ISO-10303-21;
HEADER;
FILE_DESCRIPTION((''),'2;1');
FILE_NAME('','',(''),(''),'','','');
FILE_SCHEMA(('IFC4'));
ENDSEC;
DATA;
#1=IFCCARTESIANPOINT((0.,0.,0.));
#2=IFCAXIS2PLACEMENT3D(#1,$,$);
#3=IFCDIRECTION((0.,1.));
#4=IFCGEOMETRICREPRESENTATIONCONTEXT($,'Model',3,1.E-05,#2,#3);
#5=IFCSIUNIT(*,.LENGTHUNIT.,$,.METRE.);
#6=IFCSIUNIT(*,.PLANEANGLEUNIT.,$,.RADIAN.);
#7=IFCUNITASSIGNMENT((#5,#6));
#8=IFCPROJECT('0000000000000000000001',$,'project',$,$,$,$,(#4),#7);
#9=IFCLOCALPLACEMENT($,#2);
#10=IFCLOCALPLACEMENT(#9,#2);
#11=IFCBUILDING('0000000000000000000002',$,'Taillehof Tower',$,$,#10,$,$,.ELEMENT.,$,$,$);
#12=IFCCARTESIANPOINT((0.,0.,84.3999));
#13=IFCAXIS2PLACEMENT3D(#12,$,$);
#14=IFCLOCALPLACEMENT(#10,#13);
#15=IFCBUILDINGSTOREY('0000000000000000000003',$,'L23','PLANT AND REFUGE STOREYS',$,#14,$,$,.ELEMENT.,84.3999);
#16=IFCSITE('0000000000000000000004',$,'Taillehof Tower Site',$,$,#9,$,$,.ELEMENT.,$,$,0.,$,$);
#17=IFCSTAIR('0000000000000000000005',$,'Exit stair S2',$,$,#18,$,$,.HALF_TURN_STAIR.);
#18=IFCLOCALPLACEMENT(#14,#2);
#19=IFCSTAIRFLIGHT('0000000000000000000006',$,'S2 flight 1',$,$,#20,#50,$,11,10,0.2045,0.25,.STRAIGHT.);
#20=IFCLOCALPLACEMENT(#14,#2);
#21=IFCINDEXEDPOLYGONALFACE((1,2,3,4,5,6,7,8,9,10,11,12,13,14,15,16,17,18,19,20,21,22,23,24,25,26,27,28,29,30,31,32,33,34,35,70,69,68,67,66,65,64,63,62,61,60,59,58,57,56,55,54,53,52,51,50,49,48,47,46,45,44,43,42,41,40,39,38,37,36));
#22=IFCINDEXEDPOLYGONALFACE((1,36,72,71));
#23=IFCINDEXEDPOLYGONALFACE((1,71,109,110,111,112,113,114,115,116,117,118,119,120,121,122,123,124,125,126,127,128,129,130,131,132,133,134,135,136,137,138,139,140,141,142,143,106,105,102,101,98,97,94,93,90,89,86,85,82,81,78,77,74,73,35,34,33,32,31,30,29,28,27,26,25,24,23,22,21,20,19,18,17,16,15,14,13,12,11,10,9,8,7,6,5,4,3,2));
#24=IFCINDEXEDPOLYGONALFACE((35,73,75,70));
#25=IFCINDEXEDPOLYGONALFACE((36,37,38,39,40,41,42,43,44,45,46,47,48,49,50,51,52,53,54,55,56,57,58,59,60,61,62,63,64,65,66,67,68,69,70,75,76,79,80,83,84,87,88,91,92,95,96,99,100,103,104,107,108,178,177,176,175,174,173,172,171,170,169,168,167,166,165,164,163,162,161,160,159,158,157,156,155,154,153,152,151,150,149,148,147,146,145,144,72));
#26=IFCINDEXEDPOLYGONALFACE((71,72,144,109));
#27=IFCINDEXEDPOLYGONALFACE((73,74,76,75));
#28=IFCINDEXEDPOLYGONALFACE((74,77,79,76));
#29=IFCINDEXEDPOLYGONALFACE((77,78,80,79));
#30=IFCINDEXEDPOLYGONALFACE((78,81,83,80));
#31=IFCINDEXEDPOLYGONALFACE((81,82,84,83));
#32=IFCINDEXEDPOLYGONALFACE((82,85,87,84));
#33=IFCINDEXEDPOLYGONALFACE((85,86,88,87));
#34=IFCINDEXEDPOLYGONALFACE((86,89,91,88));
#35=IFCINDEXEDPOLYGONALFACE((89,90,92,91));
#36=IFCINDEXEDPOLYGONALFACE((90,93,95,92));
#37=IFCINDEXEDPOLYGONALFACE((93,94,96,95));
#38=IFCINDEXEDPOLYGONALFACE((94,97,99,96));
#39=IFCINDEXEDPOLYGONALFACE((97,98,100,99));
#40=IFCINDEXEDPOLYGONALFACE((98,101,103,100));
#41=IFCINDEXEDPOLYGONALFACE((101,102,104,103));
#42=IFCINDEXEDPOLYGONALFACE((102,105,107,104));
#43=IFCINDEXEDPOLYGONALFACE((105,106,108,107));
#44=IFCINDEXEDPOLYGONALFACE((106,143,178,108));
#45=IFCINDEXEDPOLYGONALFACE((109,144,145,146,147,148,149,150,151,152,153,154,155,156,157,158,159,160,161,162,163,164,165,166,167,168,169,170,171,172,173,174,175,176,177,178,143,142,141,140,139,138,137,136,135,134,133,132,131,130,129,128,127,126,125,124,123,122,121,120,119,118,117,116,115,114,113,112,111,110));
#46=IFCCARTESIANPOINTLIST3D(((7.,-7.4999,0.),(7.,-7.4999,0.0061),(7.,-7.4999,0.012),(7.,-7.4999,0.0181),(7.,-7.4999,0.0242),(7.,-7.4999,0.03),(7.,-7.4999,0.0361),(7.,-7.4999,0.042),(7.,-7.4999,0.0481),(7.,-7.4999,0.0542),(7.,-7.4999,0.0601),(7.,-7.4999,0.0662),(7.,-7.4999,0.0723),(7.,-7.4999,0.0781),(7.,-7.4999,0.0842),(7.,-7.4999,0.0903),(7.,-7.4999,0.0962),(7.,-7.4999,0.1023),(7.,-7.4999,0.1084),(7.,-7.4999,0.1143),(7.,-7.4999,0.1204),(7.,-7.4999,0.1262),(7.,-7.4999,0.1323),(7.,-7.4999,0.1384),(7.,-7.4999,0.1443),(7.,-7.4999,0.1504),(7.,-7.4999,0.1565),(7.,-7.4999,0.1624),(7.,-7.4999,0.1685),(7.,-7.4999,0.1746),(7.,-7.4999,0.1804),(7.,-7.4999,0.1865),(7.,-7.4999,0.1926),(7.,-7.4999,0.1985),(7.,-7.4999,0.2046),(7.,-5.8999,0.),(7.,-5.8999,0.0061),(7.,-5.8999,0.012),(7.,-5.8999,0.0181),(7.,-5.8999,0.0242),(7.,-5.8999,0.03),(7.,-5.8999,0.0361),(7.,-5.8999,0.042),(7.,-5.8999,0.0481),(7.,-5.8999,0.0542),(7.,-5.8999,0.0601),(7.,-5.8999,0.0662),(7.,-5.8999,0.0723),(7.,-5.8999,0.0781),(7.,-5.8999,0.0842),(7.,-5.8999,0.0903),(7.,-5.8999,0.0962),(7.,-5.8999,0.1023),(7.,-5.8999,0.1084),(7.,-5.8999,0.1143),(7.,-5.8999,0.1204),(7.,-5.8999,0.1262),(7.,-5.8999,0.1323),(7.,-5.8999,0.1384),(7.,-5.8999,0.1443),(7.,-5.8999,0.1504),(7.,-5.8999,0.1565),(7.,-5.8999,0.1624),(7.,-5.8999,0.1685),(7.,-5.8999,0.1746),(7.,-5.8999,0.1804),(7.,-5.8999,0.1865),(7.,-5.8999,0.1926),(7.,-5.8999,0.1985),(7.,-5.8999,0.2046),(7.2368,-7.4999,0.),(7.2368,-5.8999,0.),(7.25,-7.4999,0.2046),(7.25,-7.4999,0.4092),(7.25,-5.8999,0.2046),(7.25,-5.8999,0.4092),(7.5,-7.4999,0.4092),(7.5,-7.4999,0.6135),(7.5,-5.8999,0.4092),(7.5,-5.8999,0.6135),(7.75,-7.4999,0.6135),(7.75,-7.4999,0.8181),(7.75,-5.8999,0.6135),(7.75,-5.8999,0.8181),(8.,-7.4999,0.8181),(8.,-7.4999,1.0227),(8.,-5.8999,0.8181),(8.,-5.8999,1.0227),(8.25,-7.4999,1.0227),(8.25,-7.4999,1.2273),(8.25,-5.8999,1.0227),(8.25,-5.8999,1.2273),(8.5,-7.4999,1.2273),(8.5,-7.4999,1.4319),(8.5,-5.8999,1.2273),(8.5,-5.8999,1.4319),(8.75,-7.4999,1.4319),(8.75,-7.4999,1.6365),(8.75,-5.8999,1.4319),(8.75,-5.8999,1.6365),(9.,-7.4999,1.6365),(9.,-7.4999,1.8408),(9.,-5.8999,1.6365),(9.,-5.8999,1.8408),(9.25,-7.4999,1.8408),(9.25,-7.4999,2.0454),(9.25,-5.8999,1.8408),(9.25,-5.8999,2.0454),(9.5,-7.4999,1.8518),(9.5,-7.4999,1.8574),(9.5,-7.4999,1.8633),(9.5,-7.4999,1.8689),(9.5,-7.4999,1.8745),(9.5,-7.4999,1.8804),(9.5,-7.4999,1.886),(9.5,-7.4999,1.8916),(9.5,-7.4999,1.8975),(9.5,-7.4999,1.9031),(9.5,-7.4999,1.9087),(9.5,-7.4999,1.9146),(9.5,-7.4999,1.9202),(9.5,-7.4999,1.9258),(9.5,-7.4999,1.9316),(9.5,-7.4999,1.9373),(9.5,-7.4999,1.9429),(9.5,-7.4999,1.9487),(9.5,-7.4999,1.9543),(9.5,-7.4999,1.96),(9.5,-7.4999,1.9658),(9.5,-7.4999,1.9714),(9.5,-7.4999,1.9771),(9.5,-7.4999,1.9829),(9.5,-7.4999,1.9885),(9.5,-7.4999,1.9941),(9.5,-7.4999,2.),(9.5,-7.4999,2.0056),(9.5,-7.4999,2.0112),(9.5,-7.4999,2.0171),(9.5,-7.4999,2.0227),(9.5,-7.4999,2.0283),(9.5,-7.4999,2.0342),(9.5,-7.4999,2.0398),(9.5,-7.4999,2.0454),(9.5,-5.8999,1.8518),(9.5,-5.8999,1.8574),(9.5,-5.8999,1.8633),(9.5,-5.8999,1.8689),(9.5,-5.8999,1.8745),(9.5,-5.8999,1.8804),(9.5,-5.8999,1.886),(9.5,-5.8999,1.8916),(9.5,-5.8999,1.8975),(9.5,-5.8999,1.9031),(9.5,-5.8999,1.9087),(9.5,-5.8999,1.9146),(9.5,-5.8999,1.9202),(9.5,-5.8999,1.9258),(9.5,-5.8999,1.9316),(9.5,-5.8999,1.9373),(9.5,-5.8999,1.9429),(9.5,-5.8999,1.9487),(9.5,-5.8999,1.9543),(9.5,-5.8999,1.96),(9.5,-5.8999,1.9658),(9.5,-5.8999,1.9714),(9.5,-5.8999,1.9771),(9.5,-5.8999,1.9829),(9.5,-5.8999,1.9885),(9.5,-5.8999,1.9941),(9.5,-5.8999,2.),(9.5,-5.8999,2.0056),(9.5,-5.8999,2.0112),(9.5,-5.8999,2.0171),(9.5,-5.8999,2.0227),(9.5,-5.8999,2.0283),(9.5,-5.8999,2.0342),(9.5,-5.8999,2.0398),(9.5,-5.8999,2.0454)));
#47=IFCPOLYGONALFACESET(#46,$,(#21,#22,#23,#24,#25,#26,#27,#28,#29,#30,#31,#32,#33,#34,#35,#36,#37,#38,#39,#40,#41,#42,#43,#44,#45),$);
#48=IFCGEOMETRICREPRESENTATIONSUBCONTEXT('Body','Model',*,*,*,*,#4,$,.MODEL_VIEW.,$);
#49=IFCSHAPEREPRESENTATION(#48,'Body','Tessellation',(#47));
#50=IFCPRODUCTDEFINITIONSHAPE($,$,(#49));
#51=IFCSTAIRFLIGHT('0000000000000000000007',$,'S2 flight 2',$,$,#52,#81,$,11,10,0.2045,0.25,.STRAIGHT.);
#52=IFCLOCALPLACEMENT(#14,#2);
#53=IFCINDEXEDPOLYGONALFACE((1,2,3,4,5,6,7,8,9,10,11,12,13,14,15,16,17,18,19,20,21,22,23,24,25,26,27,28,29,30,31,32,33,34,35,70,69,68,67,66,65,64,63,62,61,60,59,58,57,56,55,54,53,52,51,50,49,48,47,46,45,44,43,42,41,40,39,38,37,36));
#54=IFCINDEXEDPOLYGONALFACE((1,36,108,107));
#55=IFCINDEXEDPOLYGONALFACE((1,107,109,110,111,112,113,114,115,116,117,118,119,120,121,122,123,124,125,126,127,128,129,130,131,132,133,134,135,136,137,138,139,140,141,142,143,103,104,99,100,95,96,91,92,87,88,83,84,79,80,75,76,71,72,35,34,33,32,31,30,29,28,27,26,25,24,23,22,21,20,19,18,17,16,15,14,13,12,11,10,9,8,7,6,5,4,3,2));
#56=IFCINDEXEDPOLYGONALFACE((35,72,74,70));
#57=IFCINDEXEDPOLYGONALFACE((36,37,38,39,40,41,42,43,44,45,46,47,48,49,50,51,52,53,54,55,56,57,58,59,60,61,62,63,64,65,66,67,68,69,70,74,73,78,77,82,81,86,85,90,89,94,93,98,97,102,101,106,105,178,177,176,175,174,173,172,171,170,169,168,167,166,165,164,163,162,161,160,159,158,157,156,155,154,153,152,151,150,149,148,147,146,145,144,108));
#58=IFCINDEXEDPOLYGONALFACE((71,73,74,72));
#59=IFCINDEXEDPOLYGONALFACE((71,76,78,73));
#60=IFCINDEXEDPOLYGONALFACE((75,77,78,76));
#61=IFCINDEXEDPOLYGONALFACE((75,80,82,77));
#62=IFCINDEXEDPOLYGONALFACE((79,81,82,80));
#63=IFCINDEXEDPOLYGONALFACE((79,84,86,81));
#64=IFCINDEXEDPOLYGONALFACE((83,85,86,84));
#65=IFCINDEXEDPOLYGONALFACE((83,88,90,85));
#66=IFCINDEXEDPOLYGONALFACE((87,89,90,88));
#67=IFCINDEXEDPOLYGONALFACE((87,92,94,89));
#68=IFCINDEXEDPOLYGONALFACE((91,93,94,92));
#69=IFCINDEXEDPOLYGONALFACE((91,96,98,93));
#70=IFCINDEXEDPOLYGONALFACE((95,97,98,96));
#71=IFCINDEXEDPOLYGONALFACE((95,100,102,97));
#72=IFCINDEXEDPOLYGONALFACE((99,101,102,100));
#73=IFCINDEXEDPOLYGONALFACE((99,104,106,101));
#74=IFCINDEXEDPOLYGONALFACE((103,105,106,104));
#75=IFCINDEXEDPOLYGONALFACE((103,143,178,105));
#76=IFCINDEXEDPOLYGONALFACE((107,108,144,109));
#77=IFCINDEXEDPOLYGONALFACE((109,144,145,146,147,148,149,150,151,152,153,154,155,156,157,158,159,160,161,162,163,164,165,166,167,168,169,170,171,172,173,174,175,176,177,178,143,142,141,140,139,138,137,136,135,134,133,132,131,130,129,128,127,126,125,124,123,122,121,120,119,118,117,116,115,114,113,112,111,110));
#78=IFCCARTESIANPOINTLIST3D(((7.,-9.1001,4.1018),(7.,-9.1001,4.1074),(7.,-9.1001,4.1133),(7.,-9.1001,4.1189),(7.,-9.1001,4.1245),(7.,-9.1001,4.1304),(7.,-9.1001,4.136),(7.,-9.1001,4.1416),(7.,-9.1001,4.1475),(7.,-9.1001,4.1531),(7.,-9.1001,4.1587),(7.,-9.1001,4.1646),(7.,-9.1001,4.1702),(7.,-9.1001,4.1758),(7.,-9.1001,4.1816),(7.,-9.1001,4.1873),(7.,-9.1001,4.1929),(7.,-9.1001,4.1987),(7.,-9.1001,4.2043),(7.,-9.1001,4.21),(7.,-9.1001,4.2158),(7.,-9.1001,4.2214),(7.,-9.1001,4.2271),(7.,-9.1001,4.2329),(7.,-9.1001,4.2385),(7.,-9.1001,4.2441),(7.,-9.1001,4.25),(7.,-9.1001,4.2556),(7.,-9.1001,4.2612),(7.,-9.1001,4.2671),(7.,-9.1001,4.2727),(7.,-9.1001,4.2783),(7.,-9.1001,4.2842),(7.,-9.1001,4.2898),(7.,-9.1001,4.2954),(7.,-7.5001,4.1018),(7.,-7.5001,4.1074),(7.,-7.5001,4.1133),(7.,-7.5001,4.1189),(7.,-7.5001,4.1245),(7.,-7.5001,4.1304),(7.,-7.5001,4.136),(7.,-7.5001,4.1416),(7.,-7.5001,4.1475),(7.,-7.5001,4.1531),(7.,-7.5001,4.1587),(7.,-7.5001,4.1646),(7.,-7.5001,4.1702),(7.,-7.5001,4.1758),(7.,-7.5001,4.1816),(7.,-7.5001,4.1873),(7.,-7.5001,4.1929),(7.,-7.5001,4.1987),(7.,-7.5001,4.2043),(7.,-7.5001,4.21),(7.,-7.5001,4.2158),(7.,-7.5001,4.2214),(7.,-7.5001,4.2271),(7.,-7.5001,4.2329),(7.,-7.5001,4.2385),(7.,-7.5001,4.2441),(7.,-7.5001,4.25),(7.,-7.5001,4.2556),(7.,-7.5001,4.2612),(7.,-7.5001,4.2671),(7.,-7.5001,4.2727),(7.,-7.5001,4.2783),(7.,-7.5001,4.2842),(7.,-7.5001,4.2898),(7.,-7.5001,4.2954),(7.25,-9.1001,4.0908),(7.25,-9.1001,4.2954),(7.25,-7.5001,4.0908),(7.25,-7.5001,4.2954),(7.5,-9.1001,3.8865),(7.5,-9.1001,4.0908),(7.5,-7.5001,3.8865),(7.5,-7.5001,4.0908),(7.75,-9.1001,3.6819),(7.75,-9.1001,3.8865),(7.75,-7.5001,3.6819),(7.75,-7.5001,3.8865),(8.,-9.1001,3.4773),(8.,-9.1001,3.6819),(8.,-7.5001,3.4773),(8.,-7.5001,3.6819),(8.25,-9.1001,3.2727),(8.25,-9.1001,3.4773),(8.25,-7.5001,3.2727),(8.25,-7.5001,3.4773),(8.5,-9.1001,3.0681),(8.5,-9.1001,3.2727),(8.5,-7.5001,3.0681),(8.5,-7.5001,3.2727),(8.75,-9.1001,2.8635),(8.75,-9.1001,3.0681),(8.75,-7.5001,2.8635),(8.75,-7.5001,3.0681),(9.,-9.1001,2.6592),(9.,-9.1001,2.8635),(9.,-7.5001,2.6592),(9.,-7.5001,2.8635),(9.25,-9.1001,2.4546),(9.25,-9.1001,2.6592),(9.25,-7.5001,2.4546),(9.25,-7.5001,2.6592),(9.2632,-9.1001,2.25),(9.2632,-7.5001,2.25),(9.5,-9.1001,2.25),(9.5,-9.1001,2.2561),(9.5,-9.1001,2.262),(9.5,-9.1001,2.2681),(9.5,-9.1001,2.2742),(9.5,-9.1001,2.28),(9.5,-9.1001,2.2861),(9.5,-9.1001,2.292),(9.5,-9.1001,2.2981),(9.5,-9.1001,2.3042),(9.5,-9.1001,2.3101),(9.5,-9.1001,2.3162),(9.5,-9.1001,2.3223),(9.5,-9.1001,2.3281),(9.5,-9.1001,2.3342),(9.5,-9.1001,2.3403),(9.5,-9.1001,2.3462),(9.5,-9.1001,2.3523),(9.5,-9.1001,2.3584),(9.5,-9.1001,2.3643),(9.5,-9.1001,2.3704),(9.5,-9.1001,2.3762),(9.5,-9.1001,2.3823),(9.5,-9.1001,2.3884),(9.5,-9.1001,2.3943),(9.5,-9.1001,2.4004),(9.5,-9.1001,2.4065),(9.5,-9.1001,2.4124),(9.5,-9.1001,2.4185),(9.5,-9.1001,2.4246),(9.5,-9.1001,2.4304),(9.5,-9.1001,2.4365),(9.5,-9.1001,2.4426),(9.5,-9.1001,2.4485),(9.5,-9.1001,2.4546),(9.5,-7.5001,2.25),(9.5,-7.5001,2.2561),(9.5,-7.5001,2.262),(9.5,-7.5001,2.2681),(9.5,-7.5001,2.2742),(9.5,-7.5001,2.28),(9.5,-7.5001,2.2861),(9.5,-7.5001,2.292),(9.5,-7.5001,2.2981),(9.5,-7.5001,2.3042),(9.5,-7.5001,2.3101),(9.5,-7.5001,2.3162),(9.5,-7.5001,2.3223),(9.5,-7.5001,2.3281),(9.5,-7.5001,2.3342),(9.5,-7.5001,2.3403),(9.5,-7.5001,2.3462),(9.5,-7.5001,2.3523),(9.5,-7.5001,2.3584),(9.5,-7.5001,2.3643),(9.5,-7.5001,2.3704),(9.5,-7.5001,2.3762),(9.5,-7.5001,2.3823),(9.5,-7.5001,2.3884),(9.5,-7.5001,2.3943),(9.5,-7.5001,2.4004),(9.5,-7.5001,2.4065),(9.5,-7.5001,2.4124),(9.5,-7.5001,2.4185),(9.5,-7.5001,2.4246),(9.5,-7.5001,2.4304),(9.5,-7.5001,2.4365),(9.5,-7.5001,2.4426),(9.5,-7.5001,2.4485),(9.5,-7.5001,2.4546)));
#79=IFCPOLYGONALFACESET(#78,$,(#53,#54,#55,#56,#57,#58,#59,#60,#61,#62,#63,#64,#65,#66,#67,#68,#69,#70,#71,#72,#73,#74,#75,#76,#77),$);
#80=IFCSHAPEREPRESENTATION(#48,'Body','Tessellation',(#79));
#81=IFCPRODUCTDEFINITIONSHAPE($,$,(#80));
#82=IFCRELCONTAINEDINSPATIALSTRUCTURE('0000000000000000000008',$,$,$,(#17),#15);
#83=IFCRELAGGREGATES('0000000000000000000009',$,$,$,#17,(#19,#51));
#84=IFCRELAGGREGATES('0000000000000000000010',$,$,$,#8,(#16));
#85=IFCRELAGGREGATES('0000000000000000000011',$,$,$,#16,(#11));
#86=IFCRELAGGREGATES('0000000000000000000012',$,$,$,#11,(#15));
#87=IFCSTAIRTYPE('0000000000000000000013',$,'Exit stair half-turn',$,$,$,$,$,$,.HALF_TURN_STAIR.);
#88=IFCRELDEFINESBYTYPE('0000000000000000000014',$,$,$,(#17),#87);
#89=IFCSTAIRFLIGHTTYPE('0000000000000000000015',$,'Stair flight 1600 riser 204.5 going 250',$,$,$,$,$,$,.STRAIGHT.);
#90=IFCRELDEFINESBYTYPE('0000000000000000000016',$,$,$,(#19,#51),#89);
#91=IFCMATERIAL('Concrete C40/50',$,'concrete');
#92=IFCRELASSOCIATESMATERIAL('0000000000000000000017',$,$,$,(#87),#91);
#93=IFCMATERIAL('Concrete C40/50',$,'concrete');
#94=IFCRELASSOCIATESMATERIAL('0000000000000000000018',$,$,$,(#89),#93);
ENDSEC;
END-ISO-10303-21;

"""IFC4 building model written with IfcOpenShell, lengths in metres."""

from ifc_helpers import new_model, si_unit, direction, frame, origin, place, context, subcontext, project, spatial, polyline, outline, extrude, material, type_object, element, aggregate, save


model = new_model("IFC4")

# Units and contexts
model_context = context("Model", 3, precision=1e-05, world=origin(), true_north=direction((0.0, 1.0)))
body_context = subcontext(model_context, "Body", "Model", "MODEL_VIEW")
ifc_project = project(units=[si_unit("LENGTHUNIT", "METRE"), si_unit("PLANEANGLEUNIT", "RADIAN")], contexts=[model_context])

# Site, building, storey
site_placement = place(None, origin())
site = spatial("IfcSite", under=ifc_project, at=site_placement, Name="Taillehof Tower Site", CompositionType="ELEMENT", RefElevation=0.0)
building_placement = place(site_placement, origin())
building = spatial("IfcBuilding", under=site, at=building_placement, Name="Taillehof Tower", CompositionType="ELEMENT")
storey_placement = place(building_placement, frame((0.0, 0.0, 84.3999)))
storey = spatial("IfcBuildingStorey", under=building, at=storey_placement, Name="L23", Description="PLANT AND REFUGE STOREYS", CompositionType="ELEMENT", Elevation=84.3999)

# Stair, stair flights
ifc_material_1 = material(Name="Concrete C40/50", Category="concrete")
stair_type = type_object("IfcStairType", Name="Exit stair half-turn", PredefinedType="HALF_TURN_STAIR", material=ifc_material_1)
stair_placement = place(storey_placement, origin())
stair = element("IfcStair", 1, at=stair_placement, inside=storey, type_object=stair_type, Name="Exit stair S2", PredefinedType="HALF_TURN_STAIR")
ifc_material_2 = material(Name="Concrete C40/50", Category="concrete")
stair_flight_type = type_object("IfcStairFlightType", Name="Stair flight 1600 riser 204.5 going 250", PredefinedType="STRAIGHT", material=ifc_material_2)
stair_flight_1_placement = place(storey_placement, frame((7.0, -6.7, 0.0), z_axis=(0.0, 0.0, 1.0), x_axis=(1.0, 0.0, 0.0)))
stair_flight_1 = element("IfcStairFlight", 2, at=stair_flight_1_placement, type_object=stair_flight_type, Name="S2 flight 1", NumberOfRisers=11, NumberOfTreads=10, PredefinedType="STRAIGHT", RiserHeight=0.2045, TreadLength=0.25, context=body_context, shape_type="SweptSolid", body=[
    extrude(outline(polyline([(0.0, 0.0), (0.0, 0.0061), (0.0, 0.012), (0.0, 0.0181), (0.0, 0.0242), (0.0, 0.03), (0.0, 0.0361), (0.0, 0.042), (0.0, 0.0481), (0.0, 0.0542), (0.0, 0.0601), (0.0, 0.0662), (0.0, 0.0723), (0.0, 0.0781), (0.0, 0.0842), (0.0, 0.0903), (0.0, 0.0962), (0.0, 0.1023), (0.0, 0.1084), (0.0, 0.1143), (0.0, 0.1204), (0.0, 0.1262), (0.0, 0.1323), (0.0, 0.1384), (0.0, 0.1443), (0.0, 0.1504), (0.0, 0.1565), (0.0, 0.1624), (0.0, 0.1685), (0.0, 0.1746), (0.0, 0.1804), (0.0, 0.1865), (0.0, 0.1926), (0.0, 0.1985), (0.0, 0.2046), (0.25, 0.2046), (0.25, 0.4092), (0.5, 0.4092), (0.5, 0.6135), (0.75, 0.6135), (0.75, 0.8181), (1.0, 0.8181), (1.0, 1.0227), (1.25, 1.0227), (1.25, 1.2273), (1.5, 1.2273), (1.5, 1.4319), (1.75, 1.4319), (1.75, 1.6365), (2.0, 1.6365), (2.0, 1.8408), (2.25, 1.8408), (2.25, 2.0454), (2.5, 2.0454), (2.5, 2.0398), (2.5, 2.0342), (2.5, 2.0283), (2.5, 2.0227), (2.5, 2.0171), (2.5, 2.0112), (2.5, 2.0056), (2.5, 2.0), (2.5, 1.9941), (2.5, 1.9885), (2.5, 1.9829), (2.5, 1.9771), (2.5, 1.9714), (2.5, 1.9658), (2.5, 1.96), (2.5, 1.9543), (2.5, 1.9487), (2.5, 1.9429), (2.5, 1.9373), (2.5, 1.9316), (2.5, 1.9258), (2.5, 1.9202), (2.5, 1.9146), (2.5, 1.9087), (2.5, 1.9031), (2.5, 1.8975), (2.5, 1.8916), (2.5, 1.886), (2.5, 1.8804), (2.5, 1.8745), (2.5, 1.8689), (2.5, 1.8633), (2.5, 1.8574), (2.5, 1.8518), (0.2368, 0.0), (0.0, 0.0)])), frame((0.0, 0.8, 0.0), z_axis=(0.0, -1.0, 0.0), x_axis=(1.0, 0.0, 0.0)), (0.0, 0.0, 1.0), 1.6),
])
stair_flight_2_placement = place(storey_placement, frame((9.5, -8.3, 2.25), z_axis=(0.0, 0.0, 1.0), x_axis=(-1.0, 0.0, 0.0)))
stair_flight_2 = element("IfcStairFlight", 3, at=stair_flight_2_placement, type_object=stair_flight_type, Name="S2 flight 2", NumberOfRisers=11, NumberOfTreads=10, PredefinedType="STRAIGHT", RiserHeight=0.2045, TreadLength=0.25, context=body_context, shape_type="SweptSolid", body=[
    extrude(outline(polyline([(0.0, 0.0), (0.0, 0.0061), (0.0, 0.012), (0.0, 0.0181), (0.0, 0.0242), (0.0, 0.03), (0.0, 0.0361), (0.0, 0.042), (0.0, 0.0481), (0.0, 0.0542), (0.0, 0.0601), (0.0, 0.0662), (0.0, 0.0723), (0.0, 0.0781), (0.0, 0.0842), (0.0, 0.0903), (0.0, 0.0962), (0.0, 0.1023), (0.0, 0.1084), (0.0, 0.1143), (0.0, 0.1204), (0.0, 0.1262), (0.0, 0.1323), (0.0, 0.1384), (0.0, 0.1443), (0.0, 0.1504), (0.0, 0.1565), (0.0, 0.1624), (0.0, 0.1685), (0.0, 0.1746), (0.0, 0.1804), (0.0, 0.1865), (0.0, 0.1926), (0.0, 0.1985), (0.0, 0.2046), (0.25, 0.2046), (0.25, 0.4092), (0.5, 0.4092), (0.5, 0.6135), (0.75, 0.6135), (0.75, 0.8181), (1.0, 0.8181), (1.0, 1.0227), (1.25, 1.0227), (1.25, 1.2273), (1.5, 1.2273), (1.5, 1.4319), (1.75, 1.4319), (1.75, 1.6365), (2.0, 1.6365), (2.0, 1.8408), (2.25, 1.8408), (2.25, 2.0454), (2.5, 2.0454), (2.5, 2.0398), (2.5, 2.0342), (2.5, 2.0283), (2.5, 2.0227), (2.5, 2.0171), (2.5, 2.0112), (2.5, 2.0056), (2.5, 2.0), (2.5, 1.9941), (2.5, 1.9885), (2.5, 1.9829), (2.5, 1.9771), (2.5, 1.9714), (2.5, 1.9658), (2.5, 1.96), (2.5, 1.9543), (2.5, 1.9487), (2.5, 1.9429), (2.5, 1.9373), (2.5, 1.9316), (2.5, 1.9258), (2.5, 1.9202), (2.5, 1.9146), (2.5, 1.9087), (2.5, 1.9031), (2.5, 1.8975), (2.5, 1.8916), (2.5, 1.886), (2.5, 1.8804), (2.5, 1.8745), (2.5, 1.8689), (2.5, 1.8633), (2.5, 1.8574), (2.5, 1.8518), (0.2368, 0.0), (0.0, 0.0)])), frame((0.0, 0.8, 0.0), z_axis=(0.0, -1.0, 0.0), x_axis=(1.0, 0.0, 0.0)), (0.0, 0.0, 1.0), 1.6),
])
aggregate(stair, [stair_flight_1, stair_flight_2])

save(model, "model.ifc")
